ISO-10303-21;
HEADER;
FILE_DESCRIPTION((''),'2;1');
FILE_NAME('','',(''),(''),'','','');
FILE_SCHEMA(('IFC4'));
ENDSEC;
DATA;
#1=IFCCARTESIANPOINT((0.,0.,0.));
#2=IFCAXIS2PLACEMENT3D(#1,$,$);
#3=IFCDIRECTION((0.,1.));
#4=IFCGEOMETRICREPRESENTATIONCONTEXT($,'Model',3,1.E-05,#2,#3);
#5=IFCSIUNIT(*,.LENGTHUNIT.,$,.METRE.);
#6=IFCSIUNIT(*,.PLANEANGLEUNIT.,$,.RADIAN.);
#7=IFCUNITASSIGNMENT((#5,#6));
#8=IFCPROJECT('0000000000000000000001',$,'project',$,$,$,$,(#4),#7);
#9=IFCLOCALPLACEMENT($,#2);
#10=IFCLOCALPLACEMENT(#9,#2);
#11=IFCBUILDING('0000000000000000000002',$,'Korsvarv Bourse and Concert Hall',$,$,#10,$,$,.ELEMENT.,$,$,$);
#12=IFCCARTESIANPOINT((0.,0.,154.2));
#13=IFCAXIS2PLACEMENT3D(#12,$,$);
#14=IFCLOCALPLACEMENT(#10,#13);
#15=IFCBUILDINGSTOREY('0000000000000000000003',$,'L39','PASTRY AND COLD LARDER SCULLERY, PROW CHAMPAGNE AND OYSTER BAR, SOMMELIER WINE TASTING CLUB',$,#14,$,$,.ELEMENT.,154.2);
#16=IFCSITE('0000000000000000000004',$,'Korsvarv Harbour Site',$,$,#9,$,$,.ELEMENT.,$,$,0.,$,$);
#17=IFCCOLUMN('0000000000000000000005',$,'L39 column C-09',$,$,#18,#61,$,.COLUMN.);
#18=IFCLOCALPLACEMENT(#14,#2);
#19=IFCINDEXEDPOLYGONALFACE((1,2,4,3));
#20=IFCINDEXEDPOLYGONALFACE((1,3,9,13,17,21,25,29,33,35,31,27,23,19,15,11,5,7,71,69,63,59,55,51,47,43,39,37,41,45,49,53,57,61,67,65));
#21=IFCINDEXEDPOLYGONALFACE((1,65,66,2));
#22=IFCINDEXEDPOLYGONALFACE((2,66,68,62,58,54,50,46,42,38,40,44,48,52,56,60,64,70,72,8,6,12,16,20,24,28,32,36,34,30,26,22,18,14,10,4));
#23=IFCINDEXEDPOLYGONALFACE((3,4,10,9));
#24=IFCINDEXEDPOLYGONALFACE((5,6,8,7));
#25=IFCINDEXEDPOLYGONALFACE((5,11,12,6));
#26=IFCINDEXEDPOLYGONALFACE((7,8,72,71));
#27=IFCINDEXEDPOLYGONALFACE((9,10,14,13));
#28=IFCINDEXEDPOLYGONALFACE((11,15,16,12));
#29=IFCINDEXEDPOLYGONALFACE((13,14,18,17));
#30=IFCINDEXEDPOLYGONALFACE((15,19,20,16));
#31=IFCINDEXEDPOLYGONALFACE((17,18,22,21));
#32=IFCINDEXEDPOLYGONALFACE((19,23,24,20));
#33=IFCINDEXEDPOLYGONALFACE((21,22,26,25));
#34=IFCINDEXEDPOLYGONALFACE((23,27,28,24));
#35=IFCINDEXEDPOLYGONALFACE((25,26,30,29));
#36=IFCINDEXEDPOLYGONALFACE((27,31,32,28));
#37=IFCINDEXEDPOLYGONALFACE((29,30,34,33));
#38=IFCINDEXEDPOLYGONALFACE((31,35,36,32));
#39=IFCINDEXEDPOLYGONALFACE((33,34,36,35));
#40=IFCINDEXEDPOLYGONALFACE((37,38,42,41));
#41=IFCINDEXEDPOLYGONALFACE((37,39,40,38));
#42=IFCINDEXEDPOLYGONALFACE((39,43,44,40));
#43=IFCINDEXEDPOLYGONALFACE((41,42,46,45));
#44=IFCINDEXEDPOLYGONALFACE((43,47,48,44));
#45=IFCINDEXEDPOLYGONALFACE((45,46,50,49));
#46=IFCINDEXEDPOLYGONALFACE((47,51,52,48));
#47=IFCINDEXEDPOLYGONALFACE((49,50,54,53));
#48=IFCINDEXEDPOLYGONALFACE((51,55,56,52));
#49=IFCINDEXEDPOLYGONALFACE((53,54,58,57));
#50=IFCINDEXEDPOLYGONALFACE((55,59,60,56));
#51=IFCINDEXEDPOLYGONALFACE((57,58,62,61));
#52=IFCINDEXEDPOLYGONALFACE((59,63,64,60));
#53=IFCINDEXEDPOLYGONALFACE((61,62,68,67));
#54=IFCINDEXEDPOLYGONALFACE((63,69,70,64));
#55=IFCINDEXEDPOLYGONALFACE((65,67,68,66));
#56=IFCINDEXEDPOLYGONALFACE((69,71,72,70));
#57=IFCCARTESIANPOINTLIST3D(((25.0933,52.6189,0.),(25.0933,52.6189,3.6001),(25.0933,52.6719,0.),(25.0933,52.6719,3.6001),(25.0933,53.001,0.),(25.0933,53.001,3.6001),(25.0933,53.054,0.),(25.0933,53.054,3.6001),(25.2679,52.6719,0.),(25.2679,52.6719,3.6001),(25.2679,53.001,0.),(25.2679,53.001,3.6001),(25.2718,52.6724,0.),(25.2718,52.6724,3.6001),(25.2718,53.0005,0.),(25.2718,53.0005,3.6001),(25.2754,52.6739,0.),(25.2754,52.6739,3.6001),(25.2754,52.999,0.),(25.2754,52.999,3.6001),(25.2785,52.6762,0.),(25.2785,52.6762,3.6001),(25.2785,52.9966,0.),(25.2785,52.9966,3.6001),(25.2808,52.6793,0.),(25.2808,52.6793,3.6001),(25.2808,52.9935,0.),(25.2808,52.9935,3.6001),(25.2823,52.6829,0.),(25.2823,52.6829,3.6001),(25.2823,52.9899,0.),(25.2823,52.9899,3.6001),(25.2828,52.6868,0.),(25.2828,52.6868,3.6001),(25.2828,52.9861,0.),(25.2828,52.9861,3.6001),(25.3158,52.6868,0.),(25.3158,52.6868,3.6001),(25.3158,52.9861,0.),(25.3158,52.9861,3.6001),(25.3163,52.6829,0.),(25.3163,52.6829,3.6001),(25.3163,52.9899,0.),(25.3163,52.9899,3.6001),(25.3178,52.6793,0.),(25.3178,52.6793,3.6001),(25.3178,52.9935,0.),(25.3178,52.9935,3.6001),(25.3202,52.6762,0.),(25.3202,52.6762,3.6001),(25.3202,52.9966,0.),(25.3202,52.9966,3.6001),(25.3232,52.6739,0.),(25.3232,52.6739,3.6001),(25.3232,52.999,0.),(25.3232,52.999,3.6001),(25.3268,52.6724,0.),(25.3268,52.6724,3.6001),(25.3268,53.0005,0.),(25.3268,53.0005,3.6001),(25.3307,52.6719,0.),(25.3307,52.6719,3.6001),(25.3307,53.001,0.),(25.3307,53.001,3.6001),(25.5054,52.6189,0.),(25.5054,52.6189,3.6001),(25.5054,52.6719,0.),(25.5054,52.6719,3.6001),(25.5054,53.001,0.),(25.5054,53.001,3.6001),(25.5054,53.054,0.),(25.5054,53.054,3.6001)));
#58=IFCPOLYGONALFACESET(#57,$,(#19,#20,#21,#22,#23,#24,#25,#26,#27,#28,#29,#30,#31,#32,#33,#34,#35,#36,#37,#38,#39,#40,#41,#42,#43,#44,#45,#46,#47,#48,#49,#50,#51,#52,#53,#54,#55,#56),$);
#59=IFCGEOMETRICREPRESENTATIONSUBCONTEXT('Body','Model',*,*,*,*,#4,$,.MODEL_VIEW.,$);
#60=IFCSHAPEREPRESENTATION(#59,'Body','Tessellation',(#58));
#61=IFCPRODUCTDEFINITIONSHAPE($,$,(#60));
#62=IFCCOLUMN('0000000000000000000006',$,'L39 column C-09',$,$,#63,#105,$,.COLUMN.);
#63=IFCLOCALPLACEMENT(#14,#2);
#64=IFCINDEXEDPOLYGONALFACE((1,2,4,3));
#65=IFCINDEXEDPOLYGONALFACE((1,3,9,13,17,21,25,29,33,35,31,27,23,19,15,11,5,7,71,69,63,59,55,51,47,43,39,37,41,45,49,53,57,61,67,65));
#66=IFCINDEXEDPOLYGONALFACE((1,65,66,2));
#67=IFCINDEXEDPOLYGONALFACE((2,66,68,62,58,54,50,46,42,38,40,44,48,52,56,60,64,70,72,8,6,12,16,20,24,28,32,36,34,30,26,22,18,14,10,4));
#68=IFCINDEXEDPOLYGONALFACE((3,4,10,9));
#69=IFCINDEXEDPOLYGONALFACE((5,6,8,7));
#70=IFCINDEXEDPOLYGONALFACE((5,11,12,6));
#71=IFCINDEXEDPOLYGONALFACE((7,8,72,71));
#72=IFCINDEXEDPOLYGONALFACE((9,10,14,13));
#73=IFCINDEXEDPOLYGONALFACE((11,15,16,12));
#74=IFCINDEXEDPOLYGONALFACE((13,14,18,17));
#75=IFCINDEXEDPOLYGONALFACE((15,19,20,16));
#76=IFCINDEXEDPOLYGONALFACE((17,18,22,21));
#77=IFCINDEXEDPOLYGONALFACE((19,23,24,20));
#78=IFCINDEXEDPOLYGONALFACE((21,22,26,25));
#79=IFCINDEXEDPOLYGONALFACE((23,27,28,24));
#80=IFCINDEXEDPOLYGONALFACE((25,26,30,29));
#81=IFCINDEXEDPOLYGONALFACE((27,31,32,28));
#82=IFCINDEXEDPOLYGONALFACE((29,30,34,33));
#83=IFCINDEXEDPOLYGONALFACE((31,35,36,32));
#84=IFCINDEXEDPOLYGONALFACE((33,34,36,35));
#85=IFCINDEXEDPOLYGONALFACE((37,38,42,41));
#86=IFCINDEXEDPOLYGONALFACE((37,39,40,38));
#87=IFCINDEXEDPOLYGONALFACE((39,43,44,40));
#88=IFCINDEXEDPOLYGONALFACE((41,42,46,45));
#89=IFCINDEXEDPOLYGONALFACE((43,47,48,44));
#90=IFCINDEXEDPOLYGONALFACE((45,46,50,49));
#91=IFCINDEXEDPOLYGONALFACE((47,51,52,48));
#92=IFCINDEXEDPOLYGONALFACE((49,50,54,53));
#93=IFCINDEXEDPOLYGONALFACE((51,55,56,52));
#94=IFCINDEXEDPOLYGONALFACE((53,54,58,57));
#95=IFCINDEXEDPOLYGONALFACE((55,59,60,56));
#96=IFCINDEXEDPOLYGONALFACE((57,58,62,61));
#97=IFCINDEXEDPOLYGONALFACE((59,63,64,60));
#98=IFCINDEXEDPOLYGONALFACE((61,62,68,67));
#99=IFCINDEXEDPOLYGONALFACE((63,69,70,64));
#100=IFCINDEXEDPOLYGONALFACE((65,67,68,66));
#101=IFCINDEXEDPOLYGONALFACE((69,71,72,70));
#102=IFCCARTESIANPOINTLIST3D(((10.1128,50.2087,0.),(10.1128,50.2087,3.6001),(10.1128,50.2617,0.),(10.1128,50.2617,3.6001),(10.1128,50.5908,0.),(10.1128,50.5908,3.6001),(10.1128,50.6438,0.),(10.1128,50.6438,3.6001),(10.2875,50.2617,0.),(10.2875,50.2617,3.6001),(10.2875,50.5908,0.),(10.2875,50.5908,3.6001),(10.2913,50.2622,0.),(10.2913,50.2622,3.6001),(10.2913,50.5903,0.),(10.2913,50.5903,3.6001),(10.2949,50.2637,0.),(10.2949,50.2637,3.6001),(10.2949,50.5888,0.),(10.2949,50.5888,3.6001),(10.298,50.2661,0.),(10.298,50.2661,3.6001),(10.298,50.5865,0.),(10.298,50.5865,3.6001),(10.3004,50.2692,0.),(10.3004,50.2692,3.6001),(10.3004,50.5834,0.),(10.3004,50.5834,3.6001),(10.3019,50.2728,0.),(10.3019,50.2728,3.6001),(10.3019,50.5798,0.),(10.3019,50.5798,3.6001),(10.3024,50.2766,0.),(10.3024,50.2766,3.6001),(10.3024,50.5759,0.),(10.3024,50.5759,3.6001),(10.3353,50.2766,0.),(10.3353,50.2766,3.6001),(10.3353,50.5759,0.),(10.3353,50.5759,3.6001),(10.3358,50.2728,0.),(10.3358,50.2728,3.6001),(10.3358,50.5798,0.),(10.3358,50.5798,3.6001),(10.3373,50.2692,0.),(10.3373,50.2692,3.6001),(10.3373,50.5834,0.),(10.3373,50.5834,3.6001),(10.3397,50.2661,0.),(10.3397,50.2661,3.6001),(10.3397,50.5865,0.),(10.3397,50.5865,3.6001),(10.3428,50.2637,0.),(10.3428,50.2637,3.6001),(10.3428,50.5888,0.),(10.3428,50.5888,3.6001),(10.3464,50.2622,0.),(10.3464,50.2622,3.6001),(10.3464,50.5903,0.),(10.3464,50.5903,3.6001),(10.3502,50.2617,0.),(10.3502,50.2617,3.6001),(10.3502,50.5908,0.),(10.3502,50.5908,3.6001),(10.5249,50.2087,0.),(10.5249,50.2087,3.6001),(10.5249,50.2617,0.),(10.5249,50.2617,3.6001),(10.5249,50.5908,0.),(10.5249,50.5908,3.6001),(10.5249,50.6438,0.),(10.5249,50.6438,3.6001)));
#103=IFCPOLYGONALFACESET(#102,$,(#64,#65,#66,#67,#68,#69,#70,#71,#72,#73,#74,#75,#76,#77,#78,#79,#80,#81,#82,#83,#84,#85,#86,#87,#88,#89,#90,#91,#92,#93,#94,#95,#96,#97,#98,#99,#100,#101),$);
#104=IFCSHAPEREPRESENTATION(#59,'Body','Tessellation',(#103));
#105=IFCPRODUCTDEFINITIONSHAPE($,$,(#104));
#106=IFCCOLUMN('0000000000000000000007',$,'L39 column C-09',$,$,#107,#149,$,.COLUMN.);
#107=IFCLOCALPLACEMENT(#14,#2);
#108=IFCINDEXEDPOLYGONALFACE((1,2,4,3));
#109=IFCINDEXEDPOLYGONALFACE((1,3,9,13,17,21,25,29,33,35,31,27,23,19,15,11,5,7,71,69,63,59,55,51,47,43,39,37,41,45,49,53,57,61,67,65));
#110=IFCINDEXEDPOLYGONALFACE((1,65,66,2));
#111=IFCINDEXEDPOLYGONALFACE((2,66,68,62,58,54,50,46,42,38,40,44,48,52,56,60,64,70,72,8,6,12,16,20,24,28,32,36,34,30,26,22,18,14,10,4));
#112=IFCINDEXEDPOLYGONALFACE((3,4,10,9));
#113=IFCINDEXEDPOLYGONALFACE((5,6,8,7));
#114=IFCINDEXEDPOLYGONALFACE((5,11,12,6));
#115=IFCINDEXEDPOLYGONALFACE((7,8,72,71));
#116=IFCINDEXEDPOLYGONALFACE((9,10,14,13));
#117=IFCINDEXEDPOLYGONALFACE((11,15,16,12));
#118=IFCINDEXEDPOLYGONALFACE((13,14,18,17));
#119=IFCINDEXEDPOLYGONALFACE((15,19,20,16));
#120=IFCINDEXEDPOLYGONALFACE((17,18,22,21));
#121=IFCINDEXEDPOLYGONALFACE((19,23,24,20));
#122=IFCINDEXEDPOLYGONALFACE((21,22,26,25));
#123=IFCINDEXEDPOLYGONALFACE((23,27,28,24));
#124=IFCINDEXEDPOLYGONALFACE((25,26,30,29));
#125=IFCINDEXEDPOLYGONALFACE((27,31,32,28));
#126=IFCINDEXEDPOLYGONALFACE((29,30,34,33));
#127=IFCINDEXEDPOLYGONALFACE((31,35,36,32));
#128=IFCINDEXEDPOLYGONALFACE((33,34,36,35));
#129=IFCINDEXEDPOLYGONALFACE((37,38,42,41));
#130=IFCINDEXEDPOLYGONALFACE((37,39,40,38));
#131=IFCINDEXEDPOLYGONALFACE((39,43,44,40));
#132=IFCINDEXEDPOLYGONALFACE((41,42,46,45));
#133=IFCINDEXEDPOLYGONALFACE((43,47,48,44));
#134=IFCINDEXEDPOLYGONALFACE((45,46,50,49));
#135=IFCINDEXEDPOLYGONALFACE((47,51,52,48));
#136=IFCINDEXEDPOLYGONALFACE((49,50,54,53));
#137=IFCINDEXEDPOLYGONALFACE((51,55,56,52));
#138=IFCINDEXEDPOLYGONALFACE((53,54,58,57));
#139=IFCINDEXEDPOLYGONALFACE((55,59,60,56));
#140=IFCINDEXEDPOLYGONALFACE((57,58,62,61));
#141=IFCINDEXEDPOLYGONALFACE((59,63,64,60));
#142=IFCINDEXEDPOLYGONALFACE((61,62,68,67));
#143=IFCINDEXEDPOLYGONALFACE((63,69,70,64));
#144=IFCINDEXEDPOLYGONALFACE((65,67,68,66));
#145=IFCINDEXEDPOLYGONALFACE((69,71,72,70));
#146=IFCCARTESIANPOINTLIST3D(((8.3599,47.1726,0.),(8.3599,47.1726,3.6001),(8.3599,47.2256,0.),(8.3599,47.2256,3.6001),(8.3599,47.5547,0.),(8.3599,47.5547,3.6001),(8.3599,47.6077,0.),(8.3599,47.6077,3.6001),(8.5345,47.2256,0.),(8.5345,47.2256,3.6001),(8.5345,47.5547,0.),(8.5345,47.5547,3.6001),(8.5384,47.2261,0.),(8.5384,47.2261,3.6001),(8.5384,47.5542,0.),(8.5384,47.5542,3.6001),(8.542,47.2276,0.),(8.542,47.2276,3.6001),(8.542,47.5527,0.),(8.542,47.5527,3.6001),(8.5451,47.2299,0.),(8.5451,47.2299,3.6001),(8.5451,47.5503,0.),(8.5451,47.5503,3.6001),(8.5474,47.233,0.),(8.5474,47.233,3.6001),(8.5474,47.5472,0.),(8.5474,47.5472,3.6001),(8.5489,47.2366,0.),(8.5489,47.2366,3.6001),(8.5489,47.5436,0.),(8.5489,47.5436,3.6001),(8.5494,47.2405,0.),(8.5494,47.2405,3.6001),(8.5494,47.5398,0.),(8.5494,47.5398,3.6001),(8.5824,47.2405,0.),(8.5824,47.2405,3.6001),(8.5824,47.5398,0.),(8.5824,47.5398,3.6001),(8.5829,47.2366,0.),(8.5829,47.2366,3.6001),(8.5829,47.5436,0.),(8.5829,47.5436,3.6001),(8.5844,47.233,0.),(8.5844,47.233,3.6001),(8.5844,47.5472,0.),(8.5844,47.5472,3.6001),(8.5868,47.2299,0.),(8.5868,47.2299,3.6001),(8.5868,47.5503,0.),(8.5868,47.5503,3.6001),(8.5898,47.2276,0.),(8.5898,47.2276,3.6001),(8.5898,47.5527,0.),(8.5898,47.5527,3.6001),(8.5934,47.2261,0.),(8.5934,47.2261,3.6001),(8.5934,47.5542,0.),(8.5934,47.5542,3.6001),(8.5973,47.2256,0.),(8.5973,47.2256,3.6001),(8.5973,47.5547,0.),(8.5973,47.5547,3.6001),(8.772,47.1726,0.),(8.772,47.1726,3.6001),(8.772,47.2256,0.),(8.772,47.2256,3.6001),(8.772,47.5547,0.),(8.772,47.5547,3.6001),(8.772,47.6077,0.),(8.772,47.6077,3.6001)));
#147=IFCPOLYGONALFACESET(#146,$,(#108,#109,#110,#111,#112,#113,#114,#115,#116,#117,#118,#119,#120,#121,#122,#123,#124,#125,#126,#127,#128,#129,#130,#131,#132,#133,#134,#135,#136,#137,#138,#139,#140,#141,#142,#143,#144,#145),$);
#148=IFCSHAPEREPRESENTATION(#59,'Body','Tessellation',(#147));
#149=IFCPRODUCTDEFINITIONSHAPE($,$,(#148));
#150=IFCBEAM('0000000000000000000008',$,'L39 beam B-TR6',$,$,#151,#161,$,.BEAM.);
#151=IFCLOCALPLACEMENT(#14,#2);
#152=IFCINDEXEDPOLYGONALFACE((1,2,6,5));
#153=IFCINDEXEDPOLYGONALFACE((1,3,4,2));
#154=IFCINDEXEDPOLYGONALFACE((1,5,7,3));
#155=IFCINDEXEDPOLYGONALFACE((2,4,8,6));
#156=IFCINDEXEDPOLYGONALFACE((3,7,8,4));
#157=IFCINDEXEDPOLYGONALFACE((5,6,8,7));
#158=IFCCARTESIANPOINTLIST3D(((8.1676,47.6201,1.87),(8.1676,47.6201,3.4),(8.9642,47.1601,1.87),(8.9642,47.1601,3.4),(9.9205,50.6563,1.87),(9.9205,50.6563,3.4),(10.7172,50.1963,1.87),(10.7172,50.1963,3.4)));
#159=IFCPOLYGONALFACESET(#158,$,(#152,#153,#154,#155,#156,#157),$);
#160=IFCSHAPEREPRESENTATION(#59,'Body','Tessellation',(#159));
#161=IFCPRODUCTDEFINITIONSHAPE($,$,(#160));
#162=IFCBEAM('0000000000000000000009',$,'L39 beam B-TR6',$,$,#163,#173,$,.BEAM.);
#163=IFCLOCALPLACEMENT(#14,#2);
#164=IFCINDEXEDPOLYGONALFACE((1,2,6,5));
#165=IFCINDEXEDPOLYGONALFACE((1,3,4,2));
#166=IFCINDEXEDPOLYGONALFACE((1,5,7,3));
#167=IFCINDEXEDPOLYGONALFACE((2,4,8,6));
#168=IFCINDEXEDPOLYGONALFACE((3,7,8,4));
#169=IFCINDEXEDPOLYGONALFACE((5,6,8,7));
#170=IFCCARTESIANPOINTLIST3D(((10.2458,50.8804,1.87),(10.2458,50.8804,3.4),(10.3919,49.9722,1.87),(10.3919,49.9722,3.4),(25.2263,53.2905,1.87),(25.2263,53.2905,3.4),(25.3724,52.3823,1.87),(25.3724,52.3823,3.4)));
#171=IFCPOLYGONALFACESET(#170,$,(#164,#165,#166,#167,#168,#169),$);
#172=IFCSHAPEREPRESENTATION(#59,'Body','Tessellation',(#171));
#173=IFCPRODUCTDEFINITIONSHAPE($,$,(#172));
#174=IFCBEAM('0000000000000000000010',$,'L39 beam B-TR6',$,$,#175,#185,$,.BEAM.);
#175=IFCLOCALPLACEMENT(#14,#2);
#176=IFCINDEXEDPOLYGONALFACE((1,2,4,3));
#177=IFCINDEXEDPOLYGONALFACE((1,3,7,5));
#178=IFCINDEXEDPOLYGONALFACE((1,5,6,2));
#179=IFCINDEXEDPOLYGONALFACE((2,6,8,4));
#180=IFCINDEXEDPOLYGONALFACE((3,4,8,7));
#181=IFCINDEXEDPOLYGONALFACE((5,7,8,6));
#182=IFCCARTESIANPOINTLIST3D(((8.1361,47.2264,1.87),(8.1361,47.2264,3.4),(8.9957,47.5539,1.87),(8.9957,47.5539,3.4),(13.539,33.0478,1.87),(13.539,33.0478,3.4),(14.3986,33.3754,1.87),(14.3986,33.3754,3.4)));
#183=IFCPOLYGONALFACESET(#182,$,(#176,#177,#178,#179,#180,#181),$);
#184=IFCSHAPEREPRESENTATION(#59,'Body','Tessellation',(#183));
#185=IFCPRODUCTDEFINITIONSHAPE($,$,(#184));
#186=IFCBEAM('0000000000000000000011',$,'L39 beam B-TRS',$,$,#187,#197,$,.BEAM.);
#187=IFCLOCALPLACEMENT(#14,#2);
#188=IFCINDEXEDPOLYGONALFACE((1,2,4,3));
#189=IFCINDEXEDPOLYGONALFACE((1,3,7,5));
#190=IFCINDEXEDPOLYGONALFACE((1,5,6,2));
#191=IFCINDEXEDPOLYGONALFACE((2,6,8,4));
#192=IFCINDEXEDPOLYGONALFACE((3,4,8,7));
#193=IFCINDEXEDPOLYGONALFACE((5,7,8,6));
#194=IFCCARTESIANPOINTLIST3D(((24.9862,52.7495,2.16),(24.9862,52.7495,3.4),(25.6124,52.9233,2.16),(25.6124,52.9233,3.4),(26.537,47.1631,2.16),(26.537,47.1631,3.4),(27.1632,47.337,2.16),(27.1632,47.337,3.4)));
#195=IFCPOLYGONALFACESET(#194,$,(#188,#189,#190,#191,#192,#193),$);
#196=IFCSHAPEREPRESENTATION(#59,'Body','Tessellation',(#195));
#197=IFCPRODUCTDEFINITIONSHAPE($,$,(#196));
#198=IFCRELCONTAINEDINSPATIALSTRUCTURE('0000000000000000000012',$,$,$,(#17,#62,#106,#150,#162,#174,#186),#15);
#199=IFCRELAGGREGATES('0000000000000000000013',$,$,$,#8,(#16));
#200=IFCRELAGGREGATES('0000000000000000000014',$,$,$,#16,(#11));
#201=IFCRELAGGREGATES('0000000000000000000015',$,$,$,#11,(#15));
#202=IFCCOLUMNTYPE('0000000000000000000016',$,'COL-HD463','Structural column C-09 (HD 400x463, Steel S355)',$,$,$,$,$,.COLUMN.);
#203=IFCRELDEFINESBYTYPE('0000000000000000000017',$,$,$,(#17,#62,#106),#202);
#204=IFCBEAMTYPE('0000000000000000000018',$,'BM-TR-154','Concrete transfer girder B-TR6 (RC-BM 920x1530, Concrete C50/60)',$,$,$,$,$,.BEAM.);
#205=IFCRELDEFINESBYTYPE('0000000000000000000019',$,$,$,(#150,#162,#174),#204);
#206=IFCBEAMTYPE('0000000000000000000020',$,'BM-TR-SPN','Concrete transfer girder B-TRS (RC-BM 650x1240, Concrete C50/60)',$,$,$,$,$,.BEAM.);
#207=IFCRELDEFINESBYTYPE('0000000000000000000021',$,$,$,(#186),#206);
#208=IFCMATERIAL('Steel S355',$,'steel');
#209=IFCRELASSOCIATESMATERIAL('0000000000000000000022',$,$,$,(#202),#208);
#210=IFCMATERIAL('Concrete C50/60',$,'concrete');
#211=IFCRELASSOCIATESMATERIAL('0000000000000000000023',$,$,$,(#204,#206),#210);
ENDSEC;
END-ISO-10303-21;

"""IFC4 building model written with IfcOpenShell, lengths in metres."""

from ifc_helpers import new_model, si_unit, direction, frame, origin, origin_2d, place, context, subcontext, project, spatial, rectangle, i_section, extrude, source, transform, mapped, material, material_profile, profile_set, type_object, element, save


model = new_model("IFC4")

# Units and contexts
model_context = context("Model", 3, precision=1e-05, world=origin(), true_north=direction((0.0, 1.0)))
body_context = subcontext(model_context, "Body", "Model", "MODEL_VIEW")
ifc_project = project(units=[si_unit("LENGTHUNIT", "METRE"), si_unit("PLANEANGLEUNIT", "RADIAN")], contexts=[model_context])

# Site, building, storey
site_placement = place(None, origin())
site = spatial("IfcSite", under=ifc_project, at=site_placement, Name="Korsvarv Harbour Site", CompositionType="ELEMENT", RefElevation=0.0)
building_placement = place(site_placement, origin())
building = spatial("IfcBuilding", under=site, at=building_placement, Name="Korsvarv Bourse and Concert Hall", CompositionType="ELEMENT")
storey_placement = place(building_placement, frame((0.0, 0.0, 154.2)))
storey = spatial("IfcBuildingStorey", under=building, at=storey_placement, Name="L39", Description="PASTRY AND COLD LARDER SCULLERY, PROW CHAMPAGNE AND OYSTER BAR, SOMMELIER WINE TASTING CLUB", CompositionType="ELEMENT", Elevation=154.2)

# Columns
ifc_material_1 = material(Name="Steel S355", Category="steel")
ifc_material_profile_1 = material_profile(ifc_material_1, i_section(OverallWidth=0.4121, OverallDepth=0.4351, WebThickness=0.033, FlangeThickness=0.053, FilletRadius=0.0149, at=origin_2d()), Name="HD 400x463")
ifc_profile_set_1 = profile_set([ifc_material_profile_1], Name="Steel S355")
column_type = type_object("IfcColumnType", Name="COL-HD463", Description="Structural column C-09 (HD 400x463, Steel S355)", PredefinedType="COLUMN", material=ifc_profile_set_1)
shared_shape_1 = source(origin(), body_context, "Body", "SweptSolid", [
    extrude(i_section(OverallWidth=0.4121, OverallDepth=0.4351, WebThickness=0.033, FlangeThickness=0.053, FilletRadius=0.0149, at=origin_2d()), origin(), (0.0, 0.0, 1.0), 3.6001),
])
for number, where, z_axis, x_axis, name in (
    (1, (25.2993, 52.8364, 0.0), (0.0, 0.0, 1.0), (1.0, 0.0, 0.0), "L39 column C-09"),
    (2, (10.3188, 50.4263, 0.0), (0.0, 0.0, 1.0), (1.0, 0.0, 0.0), "L39 column C-09"),
    (3, (8.5659, 47.3901, 0.0), (0.0, 0.0, 1.0), (1.0, 0.0, 0.0), "L39 column C-09"),
):
    element("IfcColumn", number, at=place(storey_placement, frame(where, z_axis=z_axis, x_axis=x_axis)), inside=storey, type_object=column_type, Name=name, PredefinedType="COLUMN", context=body_context, shape_type="MappedRepresentation", body=[
        mapped(shared_shape_1, transform((0.0, 0.0, 0.0), scale=1.0)),
    ])

# Beams
ifc_material_2 = material(Name="Concrete C50/60", Category="concrete")
ifc_material_profile_2 = material_profile(ifc_material_2, rectangle(XDim=0.9199, YDim=1.53, at=origin_2d()), Name="RC-BM 920x1530")
ifc_profile_set_2 = profile_set([ifc_material_profile_2], Name="Concrete C50/60")
beam_type_1 = type_object("IfcBeamType", Name="BM-TR-154", Description="Concrete transfer girder B-TR6 (RC-BM 920x1530, Concrete C50/60)", PredefinedType="BEAM", material=ifc_profile_set_2)
shared_shape_2 = source(origin(), body_context, "Body", "SweptSolid", [
    extrude(rectangle(XDim=0.9199, YDim=1.53, at=origin_2d()), origin(), (0.0, 0.0, 1.0), 3.5059),
])
beam_1_placement = place(storey_placement, frame((10.3188, 50.4263, 2.635), z_axis=(-0.500004, -0.866023, 0.0), x_axis=(0.866023, -0.500004, 0.0)))
element("IfcBeam", 4, at=beam_1_placement, inside=storey, type_object=beam_type_1, Name="L39 beam B-TR6", PredefinedType="BEAM", context=body_context, shape_type="MappedRepresentation", body=[
    mapped(shared_shape_2, transform((0.0, 0.0, 0.0), scale=1.0)),
])
shared_shape_3 = source(origin(), body_context, "Body", "SweptSolid", [
    extrude(rectangle(XDim=0.9199, YDim=1.53, at=origin_2d()), origin(), (0.0, 0.0, 1.0), 15.1731),
])
for number, where, z_axis, x_axis, name in (
    (5, (25.2993, 52.8364, 2.635), (-0.987304, -0.158844, 0.0), (0.158844, -0.987304, 0.0), "L39 beam B-TR6"),
    (6, (8.5659, 47.3901, 2.635), (0.356082, -0.934455, 0.0), (0.934455, 0.356082, 0.0), "L39 beam B-TR6"),
):
    element("IfcBeam", number, at=place(storey_placement, frame(where, z_axis=z_axis, x_axis=x_axis)), inside=storey, type_object=beam_type_1, Name=name, PredefinedType="BEAM", context=body_context, shape_type="MappedRepresentation", body=[
        mapped(shared_shape_3, transform((0.0, 0.0, 0.0), scale=1.0)),
    ])
ifc_material_profile_3 = material_profile(ifc_material_2, rectangle(XDim=0.6499, YDim=1.24, at=origin_2d()), Name="RC-BM 650x1240")
ifc_profile_set_3 = profile_set([ifc_material_profile_3], Name="Concrete C50/60")
beam_type_2 = type_object("IfcBeamType", Name="BM-TR-SPN", Description="Concrete transfer girder B-TRS (RC-BM 650x1240, Concrete C50/60)", PredefinedType="BEAM", material=ifc_profile_set_3)
shared_shape_4 = source(origin(), body_context, "Body", "SweptSolid", [
    extrude(rectangle(XDim=0.6499, YDim=1.24, at=origin_2d()), origin(), (0.0, 0.0, 1.0), 5.7976),
])
beam_2_placement = place(storey_placement, frame((25.2993, 52.8364, 2.78), z_axis=(0.267483, -0.963563, 0.0), x_axis=(0.963563, 0.267483, 0.0)))
element("IfcBeam", 7, at=beam_2_placement, inside=storey, type_object=beam_type_2, Name="L39 beam B-TRS", PredefinedType="BEAM", context=body_context, shape_type="MappedRepresentation", body=[
    mapped(shared_shape_4, transform((0.0, 0.0, 0.0), scale=1.0)),
])

save(model, "model.ifc")
